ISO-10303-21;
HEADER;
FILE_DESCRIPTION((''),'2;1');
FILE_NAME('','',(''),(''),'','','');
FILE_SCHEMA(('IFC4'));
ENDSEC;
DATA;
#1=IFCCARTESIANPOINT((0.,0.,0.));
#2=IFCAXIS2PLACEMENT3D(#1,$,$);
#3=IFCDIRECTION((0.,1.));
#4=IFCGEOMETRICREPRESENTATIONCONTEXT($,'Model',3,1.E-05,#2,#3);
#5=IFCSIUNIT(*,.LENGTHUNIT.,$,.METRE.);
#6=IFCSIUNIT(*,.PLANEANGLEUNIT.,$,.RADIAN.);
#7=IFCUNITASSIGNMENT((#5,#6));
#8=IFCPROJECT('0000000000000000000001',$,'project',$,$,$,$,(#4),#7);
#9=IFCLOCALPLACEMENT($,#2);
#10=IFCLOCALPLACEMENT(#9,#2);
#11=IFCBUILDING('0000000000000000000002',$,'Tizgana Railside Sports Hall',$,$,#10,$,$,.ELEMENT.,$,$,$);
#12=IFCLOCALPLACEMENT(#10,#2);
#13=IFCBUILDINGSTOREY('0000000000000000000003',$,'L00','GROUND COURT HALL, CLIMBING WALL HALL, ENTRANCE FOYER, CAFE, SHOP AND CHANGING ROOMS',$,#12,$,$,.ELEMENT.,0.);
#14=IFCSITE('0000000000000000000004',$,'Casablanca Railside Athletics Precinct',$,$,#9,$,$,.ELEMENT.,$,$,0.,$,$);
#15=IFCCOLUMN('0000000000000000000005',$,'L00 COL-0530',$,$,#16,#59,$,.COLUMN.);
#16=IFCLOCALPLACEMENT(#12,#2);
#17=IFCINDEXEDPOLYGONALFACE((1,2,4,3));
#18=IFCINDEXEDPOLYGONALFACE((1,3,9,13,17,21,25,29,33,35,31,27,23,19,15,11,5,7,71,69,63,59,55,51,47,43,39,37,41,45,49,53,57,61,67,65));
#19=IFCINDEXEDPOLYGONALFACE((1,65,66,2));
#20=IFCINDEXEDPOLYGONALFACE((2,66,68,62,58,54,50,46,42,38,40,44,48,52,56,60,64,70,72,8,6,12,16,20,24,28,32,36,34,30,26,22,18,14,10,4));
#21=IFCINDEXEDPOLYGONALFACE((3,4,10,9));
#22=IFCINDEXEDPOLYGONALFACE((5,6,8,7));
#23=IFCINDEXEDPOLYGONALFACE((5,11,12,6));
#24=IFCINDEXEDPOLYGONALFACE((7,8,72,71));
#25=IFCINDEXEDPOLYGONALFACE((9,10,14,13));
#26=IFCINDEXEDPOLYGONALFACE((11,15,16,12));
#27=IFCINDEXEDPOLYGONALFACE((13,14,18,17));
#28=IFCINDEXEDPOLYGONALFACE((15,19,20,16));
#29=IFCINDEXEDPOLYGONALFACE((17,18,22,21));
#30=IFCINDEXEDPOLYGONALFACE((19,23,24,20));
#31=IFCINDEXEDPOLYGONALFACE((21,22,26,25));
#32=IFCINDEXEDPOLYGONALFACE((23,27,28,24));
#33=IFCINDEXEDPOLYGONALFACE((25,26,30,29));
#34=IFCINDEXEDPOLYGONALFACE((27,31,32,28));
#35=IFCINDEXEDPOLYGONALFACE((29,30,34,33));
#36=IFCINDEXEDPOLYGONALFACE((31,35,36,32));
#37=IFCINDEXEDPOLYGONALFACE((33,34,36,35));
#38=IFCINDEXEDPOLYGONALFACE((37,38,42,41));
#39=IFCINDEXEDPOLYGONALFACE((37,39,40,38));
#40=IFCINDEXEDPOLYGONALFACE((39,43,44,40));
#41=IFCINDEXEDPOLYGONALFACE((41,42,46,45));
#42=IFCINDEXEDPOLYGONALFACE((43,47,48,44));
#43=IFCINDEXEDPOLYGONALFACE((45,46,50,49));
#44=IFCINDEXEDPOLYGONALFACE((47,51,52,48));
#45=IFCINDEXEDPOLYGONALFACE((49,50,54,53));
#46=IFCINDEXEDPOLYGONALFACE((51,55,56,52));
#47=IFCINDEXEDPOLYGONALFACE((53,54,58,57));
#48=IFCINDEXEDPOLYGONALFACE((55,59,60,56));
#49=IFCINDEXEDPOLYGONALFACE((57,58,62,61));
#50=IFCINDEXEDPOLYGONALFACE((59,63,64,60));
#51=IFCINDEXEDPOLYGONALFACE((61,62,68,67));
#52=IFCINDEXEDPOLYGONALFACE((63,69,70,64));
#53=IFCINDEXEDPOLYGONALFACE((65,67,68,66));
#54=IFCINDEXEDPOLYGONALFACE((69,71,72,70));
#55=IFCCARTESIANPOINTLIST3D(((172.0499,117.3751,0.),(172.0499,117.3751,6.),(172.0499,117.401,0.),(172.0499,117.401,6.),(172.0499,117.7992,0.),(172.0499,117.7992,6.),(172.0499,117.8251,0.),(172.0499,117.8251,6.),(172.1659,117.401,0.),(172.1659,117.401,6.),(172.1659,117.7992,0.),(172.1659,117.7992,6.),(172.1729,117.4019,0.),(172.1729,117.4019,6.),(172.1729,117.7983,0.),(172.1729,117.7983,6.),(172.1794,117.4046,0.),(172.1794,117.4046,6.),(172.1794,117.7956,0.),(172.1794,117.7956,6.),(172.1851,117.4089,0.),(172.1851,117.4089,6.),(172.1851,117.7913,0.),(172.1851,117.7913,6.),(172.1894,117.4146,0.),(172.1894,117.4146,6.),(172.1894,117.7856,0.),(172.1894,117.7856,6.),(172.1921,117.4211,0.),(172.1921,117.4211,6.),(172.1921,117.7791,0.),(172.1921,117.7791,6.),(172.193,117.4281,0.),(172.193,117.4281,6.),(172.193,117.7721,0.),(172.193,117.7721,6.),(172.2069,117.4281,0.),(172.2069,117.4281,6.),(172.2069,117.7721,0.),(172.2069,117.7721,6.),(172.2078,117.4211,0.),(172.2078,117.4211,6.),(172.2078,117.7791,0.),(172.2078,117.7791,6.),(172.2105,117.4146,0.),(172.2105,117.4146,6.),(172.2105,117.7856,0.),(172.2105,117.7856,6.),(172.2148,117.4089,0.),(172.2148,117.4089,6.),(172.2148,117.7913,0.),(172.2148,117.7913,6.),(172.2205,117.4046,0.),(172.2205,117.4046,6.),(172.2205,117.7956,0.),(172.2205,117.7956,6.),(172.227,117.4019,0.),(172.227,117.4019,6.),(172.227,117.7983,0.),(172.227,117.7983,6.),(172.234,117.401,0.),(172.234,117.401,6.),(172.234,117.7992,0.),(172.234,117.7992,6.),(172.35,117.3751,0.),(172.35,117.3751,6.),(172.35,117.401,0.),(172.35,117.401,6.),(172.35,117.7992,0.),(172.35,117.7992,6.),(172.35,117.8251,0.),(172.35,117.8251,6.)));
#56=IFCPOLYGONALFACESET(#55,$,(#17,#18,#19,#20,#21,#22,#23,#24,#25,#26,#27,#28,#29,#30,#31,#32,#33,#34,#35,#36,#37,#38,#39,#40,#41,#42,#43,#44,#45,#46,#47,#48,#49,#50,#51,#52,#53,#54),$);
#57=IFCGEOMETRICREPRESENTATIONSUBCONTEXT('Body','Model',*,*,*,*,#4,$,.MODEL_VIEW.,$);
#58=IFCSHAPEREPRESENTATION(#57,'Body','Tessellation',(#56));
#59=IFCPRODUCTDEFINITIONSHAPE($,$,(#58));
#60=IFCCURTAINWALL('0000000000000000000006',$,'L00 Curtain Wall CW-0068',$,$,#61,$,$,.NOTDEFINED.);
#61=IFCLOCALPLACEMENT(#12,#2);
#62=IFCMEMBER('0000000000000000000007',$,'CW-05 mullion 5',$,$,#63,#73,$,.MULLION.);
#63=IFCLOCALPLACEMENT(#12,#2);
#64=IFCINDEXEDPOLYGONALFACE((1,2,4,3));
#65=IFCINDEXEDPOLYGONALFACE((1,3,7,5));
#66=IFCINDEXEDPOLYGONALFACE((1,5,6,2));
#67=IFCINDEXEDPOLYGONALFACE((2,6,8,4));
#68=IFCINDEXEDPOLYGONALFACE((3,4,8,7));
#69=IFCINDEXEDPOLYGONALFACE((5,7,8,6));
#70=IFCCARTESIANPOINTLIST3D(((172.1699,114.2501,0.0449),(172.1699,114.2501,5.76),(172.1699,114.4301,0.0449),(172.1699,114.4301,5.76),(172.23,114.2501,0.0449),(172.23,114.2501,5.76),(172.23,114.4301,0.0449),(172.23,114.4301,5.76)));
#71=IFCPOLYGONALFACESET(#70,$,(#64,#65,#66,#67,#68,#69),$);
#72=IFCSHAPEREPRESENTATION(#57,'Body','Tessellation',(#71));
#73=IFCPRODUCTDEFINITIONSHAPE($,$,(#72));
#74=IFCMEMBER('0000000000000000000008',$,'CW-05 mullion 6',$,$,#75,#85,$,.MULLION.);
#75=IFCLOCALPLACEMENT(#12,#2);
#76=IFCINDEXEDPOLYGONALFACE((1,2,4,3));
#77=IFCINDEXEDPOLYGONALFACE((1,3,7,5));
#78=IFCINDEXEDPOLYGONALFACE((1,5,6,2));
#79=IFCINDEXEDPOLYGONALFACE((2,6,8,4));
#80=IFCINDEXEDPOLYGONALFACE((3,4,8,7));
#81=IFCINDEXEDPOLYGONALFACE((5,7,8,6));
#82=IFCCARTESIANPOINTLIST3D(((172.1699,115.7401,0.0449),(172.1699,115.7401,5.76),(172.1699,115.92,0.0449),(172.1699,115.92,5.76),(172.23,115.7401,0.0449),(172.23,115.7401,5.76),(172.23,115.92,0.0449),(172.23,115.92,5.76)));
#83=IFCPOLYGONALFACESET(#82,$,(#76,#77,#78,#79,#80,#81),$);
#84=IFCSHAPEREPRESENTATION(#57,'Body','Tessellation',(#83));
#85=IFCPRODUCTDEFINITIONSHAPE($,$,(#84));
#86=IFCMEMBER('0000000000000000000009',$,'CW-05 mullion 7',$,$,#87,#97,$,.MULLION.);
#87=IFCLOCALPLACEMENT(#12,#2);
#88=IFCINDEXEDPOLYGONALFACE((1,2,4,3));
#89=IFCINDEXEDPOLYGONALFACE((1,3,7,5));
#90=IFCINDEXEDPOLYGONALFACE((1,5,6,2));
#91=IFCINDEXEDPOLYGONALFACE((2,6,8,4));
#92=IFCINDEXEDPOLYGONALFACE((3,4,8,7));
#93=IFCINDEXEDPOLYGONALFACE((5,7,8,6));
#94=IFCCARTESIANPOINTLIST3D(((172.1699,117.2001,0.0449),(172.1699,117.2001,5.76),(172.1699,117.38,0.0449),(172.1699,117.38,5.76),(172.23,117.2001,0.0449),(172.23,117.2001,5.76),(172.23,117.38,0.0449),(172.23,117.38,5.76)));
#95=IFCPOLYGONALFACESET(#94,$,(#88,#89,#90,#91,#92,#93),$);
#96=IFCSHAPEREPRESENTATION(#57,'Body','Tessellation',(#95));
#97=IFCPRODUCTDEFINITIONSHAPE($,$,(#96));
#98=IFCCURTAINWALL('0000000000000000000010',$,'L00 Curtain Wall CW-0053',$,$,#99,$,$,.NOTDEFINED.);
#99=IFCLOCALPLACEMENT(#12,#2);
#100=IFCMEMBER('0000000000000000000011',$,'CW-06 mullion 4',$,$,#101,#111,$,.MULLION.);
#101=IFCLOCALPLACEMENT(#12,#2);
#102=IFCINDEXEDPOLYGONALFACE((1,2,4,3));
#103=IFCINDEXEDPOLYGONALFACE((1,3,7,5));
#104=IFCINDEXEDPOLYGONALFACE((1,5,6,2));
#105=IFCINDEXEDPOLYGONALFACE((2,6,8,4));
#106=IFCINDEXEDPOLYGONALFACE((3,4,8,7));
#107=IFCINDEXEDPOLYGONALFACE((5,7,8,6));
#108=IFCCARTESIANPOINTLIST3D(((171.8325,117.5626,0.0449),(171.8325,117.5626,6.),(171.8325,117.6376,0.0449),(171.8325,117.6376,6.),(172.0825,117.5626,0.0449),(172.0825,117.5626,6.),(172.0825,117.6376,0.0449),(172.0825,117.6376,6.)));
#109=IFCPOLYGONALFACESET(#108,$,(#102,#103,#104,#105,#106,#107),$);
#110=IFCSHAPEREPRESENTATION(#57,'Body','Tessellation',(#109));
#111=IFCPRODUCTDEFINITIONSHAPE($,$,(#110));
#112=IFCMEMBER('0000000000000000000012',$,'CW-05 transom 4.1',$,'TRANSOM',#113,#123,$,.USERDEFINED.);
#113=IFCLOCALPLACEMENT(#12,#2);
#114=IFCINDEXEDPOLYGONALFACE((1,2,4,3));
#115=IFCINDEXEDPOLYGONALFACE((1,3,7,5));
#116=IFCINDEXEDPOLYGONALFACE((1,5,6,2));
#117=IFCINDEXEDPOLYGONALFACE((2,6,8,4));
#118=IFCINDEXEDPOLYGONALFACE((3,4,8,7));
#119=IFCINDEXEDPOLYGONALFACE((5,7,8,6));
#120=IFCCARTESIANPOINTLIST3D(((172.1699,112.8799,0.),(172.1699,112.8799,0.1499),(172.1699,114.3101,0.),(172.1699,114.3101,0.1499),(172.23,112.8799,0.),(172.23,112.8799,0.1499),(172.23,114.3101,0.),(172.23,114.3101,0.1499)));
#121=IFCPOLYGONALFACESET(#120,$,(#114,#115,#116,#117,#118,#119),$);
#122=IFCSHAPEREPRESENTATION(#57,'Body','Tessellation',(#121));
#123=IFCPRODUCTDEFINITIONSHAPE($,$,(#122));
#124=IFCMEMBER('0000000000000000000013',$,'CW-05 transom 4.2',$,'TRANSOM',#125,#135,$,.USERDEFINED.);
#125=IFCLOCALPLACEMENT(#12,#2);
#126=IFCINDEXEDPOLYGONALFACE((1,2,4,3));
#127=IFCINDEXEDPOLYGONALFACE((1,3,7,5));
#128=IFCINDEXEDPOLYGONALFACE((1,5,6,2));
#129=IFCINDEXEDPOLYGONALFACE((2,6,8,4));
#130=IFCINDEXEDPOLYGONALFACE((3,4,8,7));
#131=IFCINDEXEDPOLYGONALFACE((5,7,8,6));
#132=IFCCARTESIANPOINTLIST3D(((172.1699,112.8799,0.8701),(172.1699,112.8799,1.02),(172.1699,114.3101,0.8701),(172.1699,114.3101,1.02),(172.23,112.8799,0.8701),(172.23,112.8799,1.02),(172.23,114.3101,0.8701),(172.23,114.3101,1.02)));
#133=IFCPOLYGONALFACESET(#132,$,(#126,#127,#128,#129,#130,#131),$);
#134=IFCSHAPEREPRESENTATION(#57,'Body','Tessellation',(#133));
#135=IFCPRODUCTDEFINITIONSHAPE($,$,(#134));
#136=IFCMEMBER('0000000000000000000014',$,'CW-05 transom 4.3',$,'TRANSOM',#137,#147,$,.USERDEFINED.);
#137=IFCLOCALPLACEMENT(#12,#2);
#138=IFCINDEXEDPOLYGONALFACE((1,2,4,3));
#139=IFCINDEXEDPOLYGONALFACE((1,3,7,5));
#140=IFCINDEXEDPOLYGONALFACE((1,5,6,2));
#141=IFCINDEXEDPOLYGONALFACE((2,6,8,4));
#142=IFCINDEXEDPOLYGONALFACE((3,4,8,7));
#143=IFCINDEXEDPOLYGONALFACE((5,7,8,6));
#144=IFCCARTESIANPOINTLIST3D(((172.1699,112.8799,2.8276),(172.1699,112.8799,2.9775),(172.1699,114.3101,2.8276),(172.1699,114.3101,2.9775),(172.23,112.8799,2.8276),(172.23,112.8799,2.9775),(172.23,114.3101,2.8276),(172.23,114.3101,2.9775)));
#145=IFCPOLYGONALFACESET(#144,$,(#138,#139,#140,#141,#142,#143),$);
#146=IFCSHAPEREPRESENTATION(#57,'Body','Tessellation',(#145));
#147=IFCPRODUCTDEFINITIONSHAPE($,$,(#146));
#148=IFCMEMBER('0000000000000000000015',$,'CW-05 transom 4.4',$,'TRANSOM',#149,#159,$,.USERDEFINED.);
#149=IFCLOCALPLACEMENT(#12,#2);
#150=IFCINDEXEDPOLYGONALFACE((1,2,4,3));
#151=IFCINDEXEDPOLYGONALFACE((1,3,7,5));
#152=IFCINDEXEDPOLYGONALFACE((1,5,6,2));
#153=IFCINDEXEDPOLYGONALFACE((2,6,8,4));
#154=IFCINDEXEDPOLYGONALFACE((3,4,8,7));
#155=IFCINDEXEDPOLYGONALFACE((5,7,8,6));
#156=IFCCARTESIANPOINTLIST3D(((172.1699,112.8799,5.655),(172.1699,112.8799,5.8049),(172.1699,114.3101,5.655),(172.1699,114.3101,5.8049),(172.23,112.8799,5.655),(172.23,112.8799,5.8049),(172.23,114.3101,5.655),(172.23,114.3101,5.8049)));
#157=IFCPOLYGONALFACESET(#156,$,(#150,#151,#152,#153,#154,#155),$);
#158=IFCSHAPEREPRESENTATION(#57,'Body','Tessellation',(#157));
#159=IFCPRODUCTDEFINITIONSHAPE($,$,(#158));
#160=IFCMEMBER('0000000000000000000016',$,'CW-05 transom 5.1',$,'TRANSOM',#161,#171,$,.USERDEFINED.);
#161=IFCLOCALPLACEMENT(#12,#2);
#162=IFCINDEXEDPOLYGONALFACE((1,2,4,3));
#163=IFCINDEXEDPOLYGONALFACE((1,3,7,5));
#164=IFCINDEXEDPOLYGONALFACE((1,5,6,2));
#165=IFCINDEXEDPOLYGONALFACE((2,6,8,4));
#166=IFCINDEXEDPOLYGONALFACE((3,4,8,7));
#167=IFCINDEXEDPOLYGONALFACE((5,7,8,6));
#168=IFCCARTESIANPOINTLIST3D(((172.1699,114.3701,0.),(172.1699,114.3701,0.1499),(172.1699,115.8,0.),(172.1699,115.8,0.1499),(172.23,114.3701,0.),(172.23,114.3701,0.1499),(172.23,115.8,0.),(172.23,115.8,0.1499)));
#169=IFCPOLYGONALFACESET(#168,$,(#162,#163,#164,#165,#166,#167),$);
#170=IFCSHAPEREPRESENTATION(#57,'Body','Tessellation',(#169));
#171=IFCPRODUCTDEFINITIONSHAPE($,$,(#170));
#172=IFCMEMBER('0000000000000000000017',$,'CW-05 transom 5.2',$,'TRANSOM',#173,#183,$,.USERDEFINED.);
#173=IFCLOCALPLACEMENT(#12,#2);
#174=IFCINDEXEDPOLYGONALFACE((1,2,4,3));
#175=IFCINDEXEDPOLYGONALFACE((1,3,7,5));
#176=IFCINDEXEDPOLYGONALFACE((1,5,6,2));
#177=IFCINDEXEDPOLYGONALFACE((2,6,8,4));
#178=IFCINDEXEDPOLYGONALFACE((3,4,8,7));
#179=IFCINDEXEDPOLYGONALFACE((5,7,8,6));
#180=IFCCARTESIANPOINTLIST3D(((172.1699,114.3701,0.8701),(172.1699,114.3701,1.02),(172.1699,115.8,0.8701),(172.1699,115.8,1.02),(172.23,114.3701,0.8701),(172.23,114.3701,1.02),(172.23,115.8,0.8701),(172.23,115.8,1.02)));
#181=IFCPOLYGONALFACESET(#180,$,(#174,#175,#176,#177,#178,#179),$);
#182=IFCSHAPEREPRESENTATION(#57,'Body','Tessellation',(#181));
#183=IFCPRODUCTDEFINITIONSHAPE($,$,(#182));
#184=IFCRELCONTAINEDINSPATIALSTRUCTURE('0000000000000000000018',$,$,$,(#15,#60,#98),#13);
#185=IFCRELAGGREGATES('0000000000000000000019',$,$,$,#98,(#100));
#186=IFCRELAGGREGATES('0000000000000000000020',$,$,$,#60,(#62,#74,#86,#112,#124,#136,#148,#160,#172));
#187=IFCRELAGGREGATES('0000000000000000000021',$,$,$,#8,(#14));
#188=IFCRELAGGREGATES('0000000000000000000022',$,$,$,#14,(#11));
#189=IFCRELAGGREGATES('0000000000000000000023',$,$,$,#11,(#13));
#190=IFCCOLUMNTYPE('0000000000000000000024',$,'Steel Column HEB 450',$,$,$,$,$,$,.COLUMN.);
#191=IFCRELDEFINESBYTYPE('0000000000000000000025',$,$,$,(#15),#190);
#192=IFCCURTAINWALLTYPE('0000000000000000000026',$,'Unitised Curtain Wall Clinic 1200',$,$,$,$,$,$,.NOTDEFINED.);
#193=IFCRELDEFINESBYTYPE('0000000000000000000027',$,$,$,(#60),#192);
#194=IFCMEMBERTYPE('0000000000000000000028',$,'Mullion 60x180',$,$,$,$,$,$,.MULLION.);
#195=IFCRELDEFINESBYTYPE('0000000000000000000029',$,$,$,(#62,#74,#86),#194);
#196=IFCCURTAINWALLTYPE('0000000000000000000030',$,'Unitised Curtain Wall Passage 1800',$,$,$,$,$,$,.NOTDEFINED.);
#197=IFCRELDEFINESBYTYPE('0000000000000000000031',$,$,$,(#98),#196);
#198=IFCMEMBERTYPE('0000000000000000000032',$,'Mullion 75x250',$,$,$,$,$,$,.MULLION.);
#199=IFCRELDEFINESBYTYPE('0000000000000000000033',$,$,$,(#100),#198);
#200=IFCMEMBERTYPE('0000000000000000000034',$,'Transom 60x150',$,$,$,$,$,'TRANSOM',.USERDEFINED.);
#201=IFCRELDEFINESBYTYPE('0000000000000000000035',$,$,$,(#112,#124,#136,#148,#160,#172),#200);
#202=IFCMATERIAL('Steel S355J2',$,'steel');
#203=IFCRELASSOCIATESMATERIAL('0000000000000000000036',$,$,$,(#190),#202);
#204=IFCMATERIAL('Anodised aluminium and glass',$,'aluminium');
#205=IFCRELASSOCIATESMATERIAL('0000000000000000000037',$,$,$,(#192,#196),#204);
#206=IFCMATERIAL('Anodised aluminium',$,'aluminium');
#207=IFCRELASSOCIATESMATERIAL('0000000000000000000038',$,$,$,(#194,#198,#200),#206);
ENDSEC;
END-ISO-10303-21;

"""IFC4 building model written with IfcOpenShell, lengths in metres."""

from ifc_helpers import new_model, si_unit, direction, frame, origin, origin_2d, place, context, subcontext, project, spatial, rectangle, i_section, extrude, material, material_profile, profile_set, type_object, element, aggregate, save


model = new_model("IFC4")

# Units and contexts
model_context = context("Model", 3, precision=1e-05, world=origin(), true_north=direction((0.0, 1.0)))
body_context = subcontext(model_context, "Body", "Model", "MODEL_VIEW")
ifc_project = project(units=[si_unit("LENGTHUNIT", "METRE"), si_unit("PLANEANGLEUNIT", "RADIAN")], contexts=[model_context])

# Site, building, storey
site_placement = place(None, origin())
site = spatial("IfcSite", under=ifc_project, at=site_placement, Name="Casablanca Railside Athletics Precinct", CompositionType="ELEMENT", RefElevation=0.0)
building_placement = place(site_placement, origin())
building = spatial("IfcBuilding", under=site, at=building_placement, Name="Tizgana Railside Sports Hall", CompositionType="ELEMENT")
storey_placement = place(building_placement, origin())
storey = spatial("IfcBuildingStorey", under=building, at=storey_placement, Name="L00", Description="GROUND COURT HALL, CLIMBING WALL HALL, ENTRANCE FOYER, CAFE, SHOP AND CHANGING ROOMS", CompositionType="ELEMENT", Elevation=0.0)

# Column
ifc_material_1 = material(Name="Steel S355J2", Category="steel")
ifc_material_profile_1 = material_profile(ifc_material_1, i_section(OverallWidth=0.3, OverallDepth=0.45, WebThickness=0.0139, FlangeThickness=0.0259, FilletRadius=0.0271, at=origin_2d()), Name="HEB 450")
ifc_profile_set_1 = profile_set([ifc_material_profile_1], Name="Steel S355J2")
column_type = type_object("IfcColumnType", Name="Steel Column HEB 450", PredefinedType="COLUMN", material=ifc_profile_set_1)
column_placement = place(storey_placement, frame((172.2, 117.6001, 0.0), z_axis=(0.0, 0.0, 1.0), x_axis=(1.0, 0.0, 0.0)))
element("IfcColumn", 1, at=column_placement, inside=storey, type_object=column_type, Name="L00 COL-0530", PredefinedType="COLUMN", context=body_context, shape_type="SweptSolid", body=[
    extrude(i_section(OverallWidth=0.3, OverallDepth=0.45, WebThickness=0.0139, FlangeThickness=0.0259, FilletRadius=0.0271, at=origin_2d()), origin(), (0.0, 0.0, 1.0), 6.0),
])

# Curtain wall, members
ifc_material_2 = material(Name="Anodised aluminium and glass", Category="aluminium")
curtain_wall_type_1 = type_object("IfcCurtainWallType", Name="Unitised Curtain Wall Clinic 1200", PredefinedType="NOTDEFINED", material=ifc_material_2)
curtain_wall_1_placement = place(storey_placement, origin())
curtain_wall_1 = element("IfcCurtainWall", 2, at=curtain_wall_1_placement, inside=storey, type_object=curtain_wall_type_1, Name="L00 Curtain Wall CW-0068", PredefinedType="NOTDEFINED")
ifc_material_3 = material(Name="Anodised aluminium", Category="aluminium")
ifc_material_profile_2 = material_profile(ifc_material_3, rectangle(XDim=0.0601, YDim=0.1799, at=origin_2d()), Name="Mullion 60x180")
ifc_profile_set_2 = profile_set([ifc_material_profile_2], Name="Anodised aluminium")
member_type_1 = type_object("IfcMemberType", Name="Mullion 60x180", PredefinedType="MULLION", material=ifc_profile_set_2)
member_1_placement = place(storey_placement, frame((172.2, 114.3401, 0.0449), z_axis=(0.0, 0.0, 1.0), x_axis=(-1.0, 0.0, 0.0)))
member_1 = element("IfcMember", 3, at=member_1_placement, type_object=member_type_1, Name="CW-05 mullion 5", PredefinedType="MULLION", context=body_context, shape_type="SweptSolid", body=[
    extrude(rectangle(XDim=0.0601, YDim=0.1799, at=origin_2d()), origin(), (0.0, 0.0, 1.0), 5.7151),
])
member_2_placement = place(storey_placement, frame((172.2, 115.8301, 0.0449), z_axis=(0.0, 0.0, 1.0), x_axis=(-1.0, 0.0, 0.0)))
member_2 = element("IfcMember", 4, at=member_2_placement, type_object=member_type_1, Name="CW-05 mullion 6", PredefinedType="MULLION", context=body_context, shape_type="SweptSolid", body=[
    extrude(rectangle(XDim=0.0601, YDim=0.1799, at=origin_2d()), origin(), (0.0, 0.0, 1.0), 5.7151),
])
member_3_placement = place(storey_placement, frame((172.2, 117.29, 0.0449), z_axis=(0.0, 0.0, 1.0), x_axis=(-1.0, 0.0, 0.0)))
member_3 = element("IfcMember", 5, at=member_3_placement, type_object=member_type_1, Name="CW-05 mullion 7", PredefinedType="MULLION", context=body_context, shape_type="SweptSolid", body=[
    extrude(rectangle(XDim=0.0601, YDim=0.1799, at=origin_2d()), origin(), (0.0, 0.0, 1.0), 5.7151),
])

# Curtain wall, member
curtain_wall_type_2 = type_object("IfcCurtainWallType", Name="Unitised Curtain Wall Passage 1800", PredefinedType="NOTDEFINED", material=ifc_material_2)
curtain_wall_2_placement = place(storey_placement, origin())
curtain_wall_2 = element("IfcCurtainWall", 6, at=curtain_wall_2_placement, inside=storey, type_object=curtain_wall_type_2, Name="L00 Curtain Wall CW-0053", PredefinedType="NOTDEFINED")
ifc_material_profile_3 = material_profile(ifc_material_3, rectangle(XDim=0.075, YDim=0.25, at=origin_2d()), Name="Mullion 75x250")
ifc_profile_set_3 = profile_set([ifc_material_profile_3], Name="Anodised aluminium")
member_type_2 = type_object("IfcMemberType", Name="Mullion 75x250", PredefinedType="MULLION", material=ifc_profile_set_3)
member_4_placement = place(storey_placement, frame((171.9575, 117.6001, 0.0449), z_axis=(0.0, 0.0, 1.0), x_axis=(0.0, 1.0, 0.0)))
member_4 = element("IfcMember", 7, at=member_4_placement, type_object=member_type_2, Name="CW-06 mullion 4", PredefinedType="MULLION", context=body_context, shape_type="SweptSolid", body=[
    extrude(rectangle(XDim=0.075, YDim=0.25, at=origin_2d()), origin(), (0.0, 0.0, 1.0), 5.9551),
])
aggregate(curtain_wall_2, [member_4])

# Members
ifc_material_profile_4 = material_profile(ifc_material_3, rectangle(XDim=0.0601, YDim=0.1499, at=origin_2d()), Name="Transom 60x150")
ifc_profile_set_4 = profile_set([ifc_material_profile_4], Name="Anodised aluminium")
member_type_3 = type_object("IfcMemberType", Name="Transom 60x150", ElementType="TRANSOM", PredefinedType="USERDEFINED", material=ifc_profile_set_4)
member_5_placement = place(storey_placement, frame((172.2, 112.8799, 0.075), z_axis=(0.0, 1.0, 0.0), x_axis=(-1.0, 0.0, 0.0)))
member_5 = element("IfcMember", 8, at=member_5_placement, type_object=member_type_3, Name="CW-05 transom 4.1", ObjectType="TRANSOM", PredefinedType="USERDEFINED", context=body_context, shape_type="SweptSolid", body=[
    extrude(rectangle(XDim=0.0601, YDim=0.1499, at=origin_2d()), origin(), (0.0, 0.0, 1.0), 1.4302),
])
member_6_placement = place(storey_placement, frame((172.2, 112.8799, 0.9451), z_axis=(0.0, 1.0, 0.0), x_axis=(-1.0, 0.0, 0.0)))
member_6 = element("IfcMember", 9, at=member_6_placement, type_object=member_type_3, Name="CW-05 transom 4.2", ObjectType="TRANSOM", PredefinedType="USERDEFINED", context=body_context, shape_type="SweptSolid", body=[
    extrude(rectangle(XDim=0.0601, YDim=0.1499, at=origin_2d()), origin(), (0.0, 0.0, 1.0), 1.4302),
])
member_7_placement = place(storey_placement, frame((172.2, 112.8799, 2.9026), z_axis=(0.0, 1.0, 0.0), x_axis=(-1.0, 0.0, 0.0)))
member_7 = element("IfcMember", 10, at=member_7_placement, type_object=member_type_3, Name="CW-05 transom 4.3", ObjectType="TRANSOM", PredefinedType="USERDEFINED", context=body_context, shape_type="SweptSolid", body=[
    extrude(rectangle(XDim=0.0601, YDim=0.1499, at=origin_2d()), origin(), (0.0, 0.0, 1.0), 1.4302),
])
member_8_placement = place(storey_placement, frame((172.2, 112.8799, 5.73), z_axis=(0.0, 1.0, 0.0), x_axis=(-1.0, 0.0, 0.0)))
member_8 = element("IfcMember", 11, at=member_8_placement, type_object=member_type_3, Name="CW-05 transom 4.4", ObjectType="TRANSOM", PredefinedType="USERDEFINED", context=body_context, shape_type="SweptSolid", body=[
    extrude(rectangle(XDim=0.0601, YDim=0.1499, at=origin_2d()), origin(), (0.0, 0.0, 1.0), 1.4302),
])
member_9_placement = place(storey_placement, frame((172.2, 114.3701, 0.075), z_axis=(0.0, 1.0, 0.0), x_axis=(-1.0, 0.0, 0.0)))
member_9 = element("IfcMember", 12, at=member_9_placement, type_object=member_type_3, Name="CW-05 transom 5.1", ObjectType="TRANSOM", PredefinedType="USERDEFINED", context=body_context, shape_type="SweptSolid", body=[
    extrude(rectangle(XDim=0.0601, YDim=0.1499, at=origin_2d()), origin(), (0.0, 0.0, 1.0), 1.4299),
])
member_10_placement = place(storey_placement, frame((172.2, 114.3701, 0.9451), z_axis=(0.0, 1.0, 0.0), x_axis=(-1.0, 0.0, 0.0)))
member_10 = element("IfcMember", 13, at=member_10_placement, type_object=member_type_3, Name="CW-05 transom 5.2", ObjectType="TRANSOM", PredefinedType="USERDEFINED", context=body_context, shape_type="SweptSolid", body=[
    extrude(rectangle(XDim=0.0601, YDim=0.1499, at=origin_2d()), origin(), (0.0, 0.0, 1.0), 1.4299),
])

aggregate(curtain_wall_1, [member_1, member_2, member_3, member_5, member_6, member_7, member_8, member_9, member_10])

save(model, "model.ifc")
